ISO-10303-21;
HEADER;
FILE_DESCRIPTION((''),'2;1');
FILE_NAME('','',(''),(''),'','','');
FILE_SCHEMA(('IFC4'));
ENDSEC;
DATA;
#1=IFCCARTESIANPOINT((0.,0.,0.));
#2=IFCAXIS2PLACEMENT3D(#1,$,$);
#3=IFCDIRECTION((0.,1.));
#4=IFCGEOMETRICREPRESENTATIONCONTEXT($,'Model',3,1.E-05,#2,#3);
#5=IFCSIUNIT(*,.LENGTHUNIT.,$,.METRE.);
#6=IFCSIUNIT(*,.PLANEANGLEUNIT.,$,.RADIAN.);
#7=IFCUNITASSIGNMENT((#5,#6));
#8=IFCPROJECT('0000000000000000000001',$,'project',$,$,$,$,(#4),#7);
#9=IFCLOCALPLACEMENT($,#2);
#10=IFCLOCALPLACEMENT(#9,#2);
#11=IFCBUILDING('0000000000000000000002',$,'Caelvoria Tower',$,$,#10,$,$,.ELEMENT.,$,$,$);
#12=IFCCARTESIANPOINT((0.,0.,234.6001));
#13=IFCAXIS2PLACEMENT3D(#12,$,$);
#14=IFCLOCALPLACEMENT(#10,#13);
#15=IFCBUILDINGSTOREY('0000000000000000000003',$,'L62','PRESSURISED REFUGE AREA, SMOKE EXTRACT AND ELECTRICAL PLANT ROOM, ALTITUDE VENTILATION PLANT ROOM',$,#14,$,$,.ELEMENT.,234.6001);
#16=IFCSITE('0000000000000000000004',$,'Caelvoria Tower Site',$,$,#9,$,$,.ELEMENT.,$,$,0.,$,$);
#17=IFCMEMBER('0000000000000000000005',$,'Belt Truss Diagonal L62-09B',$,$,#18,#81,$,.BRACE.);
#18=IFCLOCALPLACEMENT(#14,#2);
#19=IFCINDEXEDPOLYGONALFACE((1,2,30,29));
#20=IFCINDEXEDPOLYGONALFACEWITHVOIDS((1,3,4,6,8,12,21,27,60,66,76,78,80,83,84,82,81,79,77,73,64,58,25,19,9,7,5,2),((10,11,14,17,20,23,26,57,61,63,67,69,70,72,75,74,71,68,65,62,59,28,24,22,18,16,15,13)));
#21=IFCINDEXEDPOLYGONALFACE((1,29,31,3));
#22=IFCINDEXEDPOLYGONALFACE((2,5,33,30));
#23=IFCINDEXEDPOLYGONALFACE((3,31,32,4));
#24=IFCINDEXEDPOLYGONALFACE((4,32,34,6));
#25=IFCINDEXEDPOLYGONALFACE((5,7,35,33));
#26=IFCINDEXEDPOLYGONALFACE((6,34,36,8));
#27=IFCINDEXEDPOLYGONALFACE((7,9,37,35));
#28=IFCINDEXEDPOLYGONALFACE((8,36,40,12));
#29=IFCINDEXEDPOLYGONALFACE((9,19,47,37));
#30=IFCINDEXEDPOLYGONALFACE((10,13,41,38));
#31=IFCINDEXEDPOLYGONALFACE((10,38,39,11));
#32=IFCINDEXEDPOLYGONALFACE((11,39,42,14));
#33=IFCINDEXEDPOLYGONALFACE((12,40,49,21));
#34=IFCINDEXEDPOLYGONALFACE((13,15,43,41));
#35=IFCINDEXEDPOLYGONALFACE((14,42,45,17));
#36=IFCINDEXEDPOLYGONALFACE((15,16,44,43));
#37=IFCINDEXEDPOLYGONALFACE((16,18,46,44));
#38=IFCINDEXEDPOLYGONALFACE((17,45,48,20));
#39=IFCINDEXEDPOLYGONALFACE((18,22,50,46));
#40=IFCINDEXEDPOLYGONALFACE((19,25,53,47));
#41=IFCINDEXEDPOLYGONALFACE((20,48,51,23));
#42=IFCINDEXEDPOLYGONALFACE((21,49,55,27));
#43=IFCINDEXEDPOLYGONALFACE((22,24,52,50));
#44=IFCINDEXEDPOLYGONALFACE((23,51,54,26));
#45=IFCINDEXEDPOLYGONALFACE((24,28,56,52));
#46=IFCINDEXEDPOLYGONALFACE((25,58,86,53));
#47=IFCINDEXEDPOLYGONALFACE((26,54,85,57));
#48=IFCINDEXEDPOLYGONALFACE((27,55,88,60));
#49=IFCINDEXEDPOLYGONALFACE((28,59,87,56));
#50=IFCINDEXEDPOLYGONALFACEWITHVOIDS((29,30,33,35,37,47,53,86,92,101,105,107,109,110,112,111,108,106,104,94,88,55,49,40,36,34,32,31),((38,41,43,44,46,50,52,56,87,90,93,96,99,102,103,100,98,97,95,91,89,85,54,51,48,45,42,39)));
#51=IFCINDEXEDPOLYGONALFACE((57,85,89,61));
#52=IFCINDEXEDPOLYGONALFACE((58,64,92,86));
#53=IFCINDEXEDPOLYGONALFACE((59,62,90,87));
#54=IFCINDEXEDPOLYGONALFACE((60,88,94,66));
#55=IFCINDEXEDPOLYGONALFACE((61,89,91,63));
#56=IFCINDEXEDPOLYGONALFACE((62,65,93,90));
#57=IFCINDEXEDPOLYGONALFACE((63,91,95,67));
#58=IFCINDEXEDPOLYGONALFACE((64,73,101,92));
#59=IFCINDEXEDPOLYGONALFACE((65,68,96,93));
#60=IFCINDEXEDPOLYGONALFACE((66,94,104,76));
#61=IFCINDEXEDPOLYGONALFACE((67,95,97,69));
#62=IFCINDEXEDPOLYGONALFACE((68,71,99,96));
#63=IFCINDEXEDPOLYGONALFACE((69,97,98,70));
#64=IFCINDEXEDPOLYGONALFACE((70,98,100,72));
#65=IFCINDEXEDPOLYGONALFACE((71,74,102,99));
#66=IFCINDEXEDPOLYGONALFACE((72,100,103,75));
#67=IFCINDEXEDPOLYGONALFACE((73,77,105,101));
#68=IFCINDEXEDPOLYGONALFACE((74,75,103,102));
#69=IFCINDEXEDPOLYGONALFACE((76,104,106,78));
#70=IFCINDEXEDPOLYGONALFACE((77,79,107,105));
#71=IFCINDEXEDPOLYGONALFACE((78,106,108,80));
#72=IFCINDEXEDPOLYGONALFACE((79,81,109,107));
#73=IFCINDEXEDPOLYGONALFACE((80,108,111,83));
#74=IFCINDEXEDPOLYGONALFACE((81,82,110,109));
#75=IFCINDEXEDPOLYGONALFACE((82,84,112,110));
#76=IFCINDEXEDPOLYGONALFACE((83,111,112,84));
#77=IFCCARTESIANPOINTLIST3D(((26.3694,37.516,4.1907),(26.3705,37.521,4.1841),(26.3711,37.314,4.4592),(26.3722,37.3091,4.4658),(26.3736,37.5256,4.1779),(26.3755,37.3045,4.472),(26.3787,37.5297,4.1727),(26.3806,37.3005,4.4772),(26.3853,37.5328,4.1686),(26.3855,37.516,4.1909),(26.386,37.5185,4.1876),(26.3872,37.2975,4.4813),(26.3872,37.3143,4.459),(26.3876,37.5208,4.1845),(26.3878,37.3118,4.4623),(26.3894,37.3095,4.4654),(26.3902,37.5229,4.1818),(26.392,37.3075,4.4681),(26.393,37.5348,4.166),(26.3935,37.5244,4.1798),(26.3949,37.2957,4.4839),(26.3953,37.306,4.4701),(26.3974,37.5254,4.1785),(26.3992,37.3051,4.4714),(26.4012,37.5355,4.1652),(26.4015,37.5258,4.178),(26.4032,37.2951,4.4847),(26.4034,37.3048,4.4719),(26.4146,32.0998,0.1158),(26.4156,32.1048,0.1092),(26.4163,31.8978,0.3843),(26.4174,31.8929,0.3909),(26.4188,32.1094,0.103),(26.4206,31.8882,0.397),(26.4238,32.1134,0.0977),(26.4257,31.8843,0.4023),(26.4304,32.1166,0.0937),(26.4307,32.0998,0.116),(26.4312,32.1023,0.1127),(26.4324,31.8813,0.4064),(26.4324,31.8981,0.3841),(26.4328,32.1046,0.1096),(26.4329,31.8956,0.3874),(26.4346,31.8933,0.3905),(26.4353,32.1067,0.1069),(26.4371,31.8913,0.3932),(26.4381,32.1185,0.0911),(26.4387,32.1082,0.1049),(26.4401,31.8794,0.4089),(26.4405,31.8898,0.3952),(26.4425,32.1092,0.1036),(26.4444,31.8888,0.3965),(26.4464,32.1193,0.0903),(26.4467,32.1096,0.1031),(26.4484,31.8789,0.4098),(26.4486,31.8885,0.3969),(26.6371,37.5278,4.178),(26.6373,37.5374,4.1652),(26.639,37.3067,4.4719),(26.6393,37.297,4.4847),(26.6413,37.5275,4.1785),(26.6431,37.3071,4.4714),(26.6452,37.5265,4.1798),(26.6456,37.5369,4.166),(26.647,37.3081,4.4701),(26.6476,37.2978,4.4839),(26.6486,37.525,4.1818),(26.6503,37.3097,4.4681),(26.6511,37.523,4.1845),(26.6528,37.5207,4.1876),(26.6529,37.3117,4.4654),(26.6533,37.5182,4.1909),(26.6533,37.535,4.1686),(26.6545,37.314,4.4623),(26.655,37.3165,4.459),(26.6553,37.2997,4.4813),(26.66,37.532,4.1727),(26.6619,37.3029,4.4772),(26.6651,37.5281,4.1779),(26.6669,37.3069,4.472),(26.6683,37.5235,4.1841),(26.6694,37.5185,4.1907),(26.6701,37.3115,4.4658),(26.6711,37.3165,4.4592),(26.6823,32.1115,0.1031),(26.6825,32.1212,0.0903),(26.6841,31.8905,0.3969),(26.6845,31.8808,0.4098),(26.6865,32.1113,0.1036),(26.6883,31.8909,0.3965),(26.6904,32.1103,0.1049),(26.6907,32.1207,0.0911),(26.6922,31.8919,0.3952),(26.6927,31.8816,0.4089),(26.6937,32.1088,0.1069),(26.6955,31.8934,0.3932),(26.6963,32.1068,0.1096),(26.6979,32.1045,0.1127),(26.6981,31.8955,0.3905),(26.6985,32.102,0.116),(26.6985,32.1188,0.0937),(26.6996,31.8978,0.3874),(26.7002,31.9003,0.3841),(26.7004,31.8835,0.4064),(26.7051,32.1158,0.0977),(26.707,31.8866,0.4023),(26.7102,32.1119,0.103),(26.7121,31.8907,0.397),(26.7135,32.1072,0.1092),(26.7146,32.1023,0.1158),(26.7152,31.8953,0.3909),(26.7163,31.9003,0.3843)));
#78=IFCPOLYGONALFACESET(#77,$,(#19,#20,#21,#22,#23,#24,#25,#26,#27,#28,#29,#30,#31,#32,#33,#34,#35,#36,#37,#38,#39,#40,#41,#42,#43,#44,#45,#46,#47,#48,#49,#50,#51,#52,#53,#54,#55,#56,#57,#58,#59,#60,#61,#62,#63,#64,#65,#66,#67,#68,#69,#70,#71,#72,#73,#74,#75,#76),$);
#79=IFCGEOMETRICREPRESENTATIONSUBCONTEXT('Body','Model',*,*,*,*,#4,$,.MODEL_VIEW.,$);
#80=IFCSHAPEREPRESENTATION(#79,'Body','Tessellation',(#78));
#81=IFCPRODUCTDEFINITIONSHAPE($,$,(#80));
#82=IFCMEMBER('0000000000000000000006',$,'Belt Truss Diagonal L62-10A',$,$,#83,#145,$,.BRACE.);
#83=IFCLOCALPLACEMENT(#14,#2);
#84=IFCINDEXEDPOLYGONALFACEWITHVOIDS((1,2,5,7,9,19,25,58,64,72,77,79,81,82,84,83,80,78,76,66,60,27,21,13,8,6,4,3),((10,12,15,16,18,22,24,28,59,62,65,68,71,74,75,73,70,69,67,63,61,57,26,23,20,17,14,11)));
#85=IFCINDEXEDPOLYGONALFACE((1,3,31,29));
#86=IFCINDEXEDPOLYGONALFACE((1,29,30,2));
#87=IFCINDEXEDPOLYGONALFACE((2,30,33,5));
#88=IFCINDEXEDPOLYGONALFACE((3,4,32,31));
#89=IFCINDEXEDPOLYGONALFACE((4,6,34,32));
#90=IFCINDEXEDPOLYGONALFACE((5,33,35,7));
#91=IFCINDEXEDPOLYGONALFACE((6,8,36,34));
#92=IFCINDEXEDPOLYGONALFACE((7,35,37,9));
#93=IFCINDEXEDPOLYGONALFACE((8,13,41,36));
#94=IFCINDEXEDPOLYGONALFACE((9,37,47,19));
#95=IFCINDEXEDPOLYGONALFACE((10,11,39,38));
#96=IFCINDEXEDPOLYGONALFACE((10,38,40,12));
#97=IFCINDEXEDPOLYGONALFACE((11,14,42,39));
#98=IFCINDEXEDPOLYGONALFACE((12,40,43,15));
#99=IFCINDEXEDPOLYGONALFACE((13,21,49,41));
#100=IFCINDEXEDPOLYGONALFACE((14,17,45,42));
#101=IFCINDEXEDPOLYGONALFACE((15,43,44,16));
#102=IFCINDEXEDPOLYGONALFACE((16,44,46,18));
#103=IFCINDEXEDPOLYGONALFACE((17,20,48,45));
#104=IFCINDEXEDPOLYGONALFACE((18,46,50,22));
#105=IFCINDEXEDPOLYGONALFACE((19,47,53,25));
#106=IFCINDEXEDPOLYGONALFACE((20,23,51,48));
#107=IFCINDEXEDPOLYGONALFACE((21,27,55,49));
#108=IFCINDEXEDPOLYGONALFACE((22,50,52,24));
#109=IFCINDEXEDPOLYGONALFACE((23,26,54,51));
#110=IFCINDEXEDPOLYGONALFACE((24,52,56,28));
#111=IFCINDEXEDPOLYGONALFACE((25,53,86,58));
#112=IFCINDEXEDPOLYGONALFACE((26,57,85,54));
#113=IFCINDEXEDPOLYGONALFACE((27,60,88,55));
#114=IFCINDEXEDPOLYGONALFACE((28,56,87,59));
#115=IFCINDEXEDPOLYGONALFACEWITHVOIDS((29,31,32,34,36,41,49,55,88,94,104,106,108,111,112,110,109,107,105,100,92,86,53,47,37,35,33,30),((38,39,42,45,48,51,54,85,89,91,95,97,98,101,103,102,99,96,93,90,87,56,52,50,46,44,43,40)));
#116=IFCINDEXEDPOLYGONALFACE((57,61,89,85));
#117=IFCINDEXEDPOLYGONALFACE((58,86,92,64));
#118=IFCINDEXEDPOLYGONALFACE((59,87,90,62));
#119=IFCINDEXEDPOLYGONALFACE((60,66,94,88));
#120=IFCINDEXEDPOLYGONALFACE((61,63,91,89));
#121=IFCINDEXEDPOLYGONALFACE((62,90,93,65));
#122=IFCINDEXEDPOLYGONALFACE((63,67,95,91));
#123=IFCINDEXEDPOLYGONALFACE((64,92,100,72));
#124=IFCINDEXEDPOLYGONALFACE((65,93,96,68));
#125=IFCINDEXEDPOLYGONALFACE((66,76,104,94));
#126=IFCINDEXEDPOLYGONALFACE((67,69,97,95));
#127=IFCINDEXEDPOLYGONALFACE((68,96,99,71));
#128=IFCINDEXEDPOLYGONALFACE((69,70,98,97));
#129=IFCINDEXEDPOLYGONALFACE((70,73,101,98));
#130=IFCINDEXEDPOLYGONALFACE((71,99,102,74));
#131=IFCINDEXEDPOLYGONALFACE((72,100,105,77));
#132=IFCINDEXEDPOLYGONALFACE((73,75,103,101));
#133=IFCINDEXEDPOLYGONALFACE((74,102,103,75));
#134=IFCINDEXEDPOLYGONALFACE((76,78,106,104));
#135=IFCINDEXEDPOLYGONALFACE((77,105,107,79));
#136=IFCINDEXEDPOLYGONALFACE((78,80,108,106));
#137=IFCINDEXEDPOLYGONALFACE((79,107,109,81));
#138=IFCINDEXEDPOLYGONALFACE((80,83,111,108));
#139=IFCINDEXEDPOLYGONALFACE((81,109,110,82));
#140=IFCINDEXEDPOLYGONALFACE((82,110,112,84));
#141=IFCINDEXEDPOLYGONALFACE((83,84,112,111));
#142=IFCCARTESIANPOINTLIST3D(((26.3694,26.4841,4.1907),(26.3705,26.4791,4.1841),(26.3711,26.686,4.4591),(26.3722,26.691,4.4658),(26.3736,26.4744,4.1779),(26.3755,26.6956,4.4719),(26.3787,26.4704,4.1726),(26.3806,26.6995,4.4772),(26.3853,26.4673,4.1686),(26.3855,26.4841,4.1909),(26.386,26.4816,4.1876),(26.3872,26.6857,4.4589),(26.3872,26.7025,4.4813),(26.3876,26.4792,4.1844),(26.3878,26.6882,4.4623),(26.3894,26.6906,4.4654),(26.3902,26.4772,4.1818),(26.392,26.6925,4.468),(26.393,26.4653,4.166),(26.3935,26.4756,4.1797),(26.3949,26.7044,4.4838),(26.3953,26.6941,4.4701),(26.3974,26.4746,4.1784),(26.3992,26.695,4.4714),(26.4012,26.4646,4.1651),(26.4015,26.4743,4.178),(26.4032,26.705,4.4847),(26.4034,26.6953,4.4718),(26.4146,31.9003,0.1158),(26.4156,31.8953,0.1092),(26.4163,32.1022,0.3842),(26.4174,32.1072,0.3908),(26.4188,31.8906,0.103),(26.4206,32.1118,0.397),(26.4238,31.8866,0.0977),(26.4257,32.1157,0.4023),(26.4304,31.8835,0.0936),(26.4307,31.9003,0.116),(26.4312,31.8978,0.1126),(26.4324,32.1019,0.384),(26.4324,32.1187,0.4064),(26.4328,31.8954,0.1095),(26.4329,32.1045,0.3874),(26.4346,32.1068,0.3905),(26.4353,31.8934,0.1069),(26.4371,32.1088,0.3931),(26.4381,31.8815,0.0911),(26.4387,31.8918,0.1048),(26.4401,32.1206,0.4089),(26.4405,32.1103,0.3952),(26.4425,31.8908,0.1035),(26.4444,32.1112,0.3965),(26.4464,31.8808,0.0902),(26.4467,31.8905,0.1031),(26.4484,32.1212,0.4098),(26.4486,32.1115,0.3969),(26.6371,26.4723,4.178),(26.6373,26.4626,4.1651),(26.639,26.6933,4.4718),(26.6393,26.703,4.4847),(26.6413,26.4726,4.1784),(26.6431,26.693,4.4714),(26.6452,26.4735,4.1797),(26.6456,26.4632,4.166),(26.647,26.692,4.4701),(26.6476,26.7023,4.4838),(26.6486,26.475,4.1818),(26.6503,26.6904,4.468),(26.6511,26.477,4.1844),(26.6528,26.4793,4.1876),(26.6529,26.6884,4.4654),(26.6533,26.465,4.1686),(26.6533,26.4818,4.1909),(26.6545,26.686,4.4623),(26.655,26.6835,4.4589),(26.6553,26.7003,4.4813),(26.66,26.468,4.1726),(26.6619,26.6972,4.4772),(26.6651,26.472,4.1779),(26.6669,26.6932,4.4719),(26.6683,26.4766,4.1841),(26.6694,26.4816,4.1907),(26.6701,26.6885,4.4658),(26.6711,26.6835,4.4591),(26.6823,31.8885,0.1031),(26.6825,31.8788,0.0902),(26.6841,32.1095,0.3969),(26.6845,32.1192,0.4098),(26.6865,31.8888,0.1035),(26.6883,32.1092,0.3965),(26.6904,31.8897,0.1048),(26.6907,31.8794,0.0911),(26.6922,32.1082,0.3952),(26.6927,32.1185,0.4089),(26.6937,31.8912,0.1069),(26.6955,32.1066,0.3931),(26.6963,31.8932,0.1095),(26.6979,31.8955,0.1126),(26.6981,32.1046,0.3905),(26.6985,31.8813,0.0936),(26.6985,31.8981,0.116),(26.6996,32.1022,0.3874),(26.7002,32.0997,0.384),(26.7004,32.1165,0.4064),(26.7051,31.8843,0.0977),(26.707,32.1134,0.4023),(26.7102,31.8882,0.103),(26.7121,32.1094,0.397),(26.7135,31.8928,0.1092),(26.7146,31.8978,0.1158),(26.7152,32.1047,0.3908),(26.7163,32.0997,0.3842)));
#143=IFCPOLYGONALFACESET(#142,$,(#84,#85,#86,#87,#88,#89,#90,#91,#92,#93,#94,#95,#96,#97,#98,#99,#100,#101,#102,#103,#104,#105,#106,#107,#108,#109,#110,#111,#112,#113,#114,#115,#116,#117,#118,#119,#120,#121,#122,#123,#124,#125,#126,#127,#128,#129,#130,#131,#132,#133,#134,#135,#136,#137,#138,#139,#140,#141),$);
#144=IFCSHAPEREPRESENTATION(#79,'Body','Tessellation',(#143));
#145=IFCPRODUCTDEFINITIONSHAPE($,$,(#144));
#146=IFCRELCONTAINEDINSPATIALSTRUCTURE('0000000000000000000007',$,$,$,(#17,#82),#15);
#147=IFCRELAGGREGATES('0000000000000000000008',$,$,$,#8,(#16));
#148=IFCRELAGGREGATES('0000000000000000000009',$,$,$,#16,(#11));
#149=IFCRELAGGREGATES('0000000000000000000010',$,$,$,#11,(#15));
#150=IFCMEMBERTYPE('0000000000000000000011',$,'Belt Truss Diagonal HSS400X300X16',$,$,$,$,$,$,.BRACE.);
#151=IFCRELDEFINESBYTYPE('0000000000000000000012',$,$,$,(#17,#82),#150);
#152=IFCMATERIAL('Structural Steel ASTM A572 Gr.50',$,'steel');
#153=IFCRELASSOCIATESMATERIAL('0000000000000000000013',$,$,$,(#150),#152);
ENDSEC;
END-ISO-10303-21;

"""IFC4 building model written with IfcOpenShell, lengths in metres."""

from ifc_helpers import new_model, si_unit, direction, frame, origin, origin_2d, place, context, subcontext, project, spatial, hollow_rectangle, extrude, material, material_profile, profile_set, type_object, element, save


model = new_model("IFC4")

# Units and contexts
model_context = context("Model", 3, precision=1e-05, world=origin(), true_north=direction((0.0, 1.0)))
body_context = subcontext(model_context, "Body", "Model", "MODEL_VIEW")
ifc_project = project(units=[si_unit("LENGTHUNIT", "METRE"), si_unit("PLANEANGLEUNIT", "RADIAN")], contexts=[model_context])

# Site, building, storey
site_placement = place(None, origin())
site = spatial("IfcSite", under=ifc_project, at=site_placement, Name="Caelvoria Tower Site", CompositionType="ELEMENT", RefElevation=0.0)
building_placement = place(site_placement, origin())
building = spatial("IfcBuilding", under=site, at=building_placement, Name="Caelvoria Tower", CompositionType="ELEMENT")
storey_placement = place(building_placement, frame((0.0, 0.0, 234.6001)))
storey = spatial("IfcBuildingStorey", under=building, at=storey_placement, Name="L62", Description="PRESSURISED REFUGE AREA, SMOKE EXTRACT AND ELECTRICAL PLANT ROOM, ALTITUDE VENTILATION PLANT ROOM", CompositionType="ELEMENT", Elevation=234.6001)

# Shared definitions
ifc_material_1 = material(Name="Structural Steel ASTM A572 Gr.50", Category="steel")

# Members
ifc_material_profile_1 = material_profile(ifc_material_1, hollow_rectangle(XDim=0.3, YDim=0.3999, WallThickness=0.0161, InnerFilletRadius=0.0161, OuterFilletRadius=0.032, at=origin_2d()), Name="Structural Steel ASTM A572 Gr.50")
ifc_profile_set_1 = profile_set([ifc_material_profile_1], Name="HSS400X300X16 - Structural Steel ASTM A572 Gr.50")
member_type_1 = type_object("IfcMemberType", Name="Belt Truss Diagonal HSS400X300X16", PredefinedType="BRACE", material=ifc_profile_set_1)
for number, where, z_axis, x_axis, name in (
    (1, (26.5203, 37.4163, 4.325), (0.006663, -0.799078, -0.60119), (0.999965, 0.008339, 0.0), "Belt Truss Diagonal L62-09B"),
    (2, (26.5654, 32.0, 0.25), (-0.006663, -0.799078, 0.60119), (0.999965, -0.008339, 0.0), "Belt Truss Diagonal L62-10A"),
):
    element("IfcMember", number, at=place(storey_placement, frame(where, z_axis=z_axis, x_axis=x_axis)), inside=storey, type_object=member_type_1, Name=name, PredefinedType="BRACE", context=body_context, shape_type="SweptSolid", body=[
        extrude(hollow_rectangle(XDim=0.3, YDim=0.3999, WallThickness=0.0161, InnerFilletRadius=0.0161, OuterFilletRadius=0.032, at=origin_2d()), origin(), (0.0, 0.0, 1.0), 6.7781),
    ])

save(model, "model.ifc")
